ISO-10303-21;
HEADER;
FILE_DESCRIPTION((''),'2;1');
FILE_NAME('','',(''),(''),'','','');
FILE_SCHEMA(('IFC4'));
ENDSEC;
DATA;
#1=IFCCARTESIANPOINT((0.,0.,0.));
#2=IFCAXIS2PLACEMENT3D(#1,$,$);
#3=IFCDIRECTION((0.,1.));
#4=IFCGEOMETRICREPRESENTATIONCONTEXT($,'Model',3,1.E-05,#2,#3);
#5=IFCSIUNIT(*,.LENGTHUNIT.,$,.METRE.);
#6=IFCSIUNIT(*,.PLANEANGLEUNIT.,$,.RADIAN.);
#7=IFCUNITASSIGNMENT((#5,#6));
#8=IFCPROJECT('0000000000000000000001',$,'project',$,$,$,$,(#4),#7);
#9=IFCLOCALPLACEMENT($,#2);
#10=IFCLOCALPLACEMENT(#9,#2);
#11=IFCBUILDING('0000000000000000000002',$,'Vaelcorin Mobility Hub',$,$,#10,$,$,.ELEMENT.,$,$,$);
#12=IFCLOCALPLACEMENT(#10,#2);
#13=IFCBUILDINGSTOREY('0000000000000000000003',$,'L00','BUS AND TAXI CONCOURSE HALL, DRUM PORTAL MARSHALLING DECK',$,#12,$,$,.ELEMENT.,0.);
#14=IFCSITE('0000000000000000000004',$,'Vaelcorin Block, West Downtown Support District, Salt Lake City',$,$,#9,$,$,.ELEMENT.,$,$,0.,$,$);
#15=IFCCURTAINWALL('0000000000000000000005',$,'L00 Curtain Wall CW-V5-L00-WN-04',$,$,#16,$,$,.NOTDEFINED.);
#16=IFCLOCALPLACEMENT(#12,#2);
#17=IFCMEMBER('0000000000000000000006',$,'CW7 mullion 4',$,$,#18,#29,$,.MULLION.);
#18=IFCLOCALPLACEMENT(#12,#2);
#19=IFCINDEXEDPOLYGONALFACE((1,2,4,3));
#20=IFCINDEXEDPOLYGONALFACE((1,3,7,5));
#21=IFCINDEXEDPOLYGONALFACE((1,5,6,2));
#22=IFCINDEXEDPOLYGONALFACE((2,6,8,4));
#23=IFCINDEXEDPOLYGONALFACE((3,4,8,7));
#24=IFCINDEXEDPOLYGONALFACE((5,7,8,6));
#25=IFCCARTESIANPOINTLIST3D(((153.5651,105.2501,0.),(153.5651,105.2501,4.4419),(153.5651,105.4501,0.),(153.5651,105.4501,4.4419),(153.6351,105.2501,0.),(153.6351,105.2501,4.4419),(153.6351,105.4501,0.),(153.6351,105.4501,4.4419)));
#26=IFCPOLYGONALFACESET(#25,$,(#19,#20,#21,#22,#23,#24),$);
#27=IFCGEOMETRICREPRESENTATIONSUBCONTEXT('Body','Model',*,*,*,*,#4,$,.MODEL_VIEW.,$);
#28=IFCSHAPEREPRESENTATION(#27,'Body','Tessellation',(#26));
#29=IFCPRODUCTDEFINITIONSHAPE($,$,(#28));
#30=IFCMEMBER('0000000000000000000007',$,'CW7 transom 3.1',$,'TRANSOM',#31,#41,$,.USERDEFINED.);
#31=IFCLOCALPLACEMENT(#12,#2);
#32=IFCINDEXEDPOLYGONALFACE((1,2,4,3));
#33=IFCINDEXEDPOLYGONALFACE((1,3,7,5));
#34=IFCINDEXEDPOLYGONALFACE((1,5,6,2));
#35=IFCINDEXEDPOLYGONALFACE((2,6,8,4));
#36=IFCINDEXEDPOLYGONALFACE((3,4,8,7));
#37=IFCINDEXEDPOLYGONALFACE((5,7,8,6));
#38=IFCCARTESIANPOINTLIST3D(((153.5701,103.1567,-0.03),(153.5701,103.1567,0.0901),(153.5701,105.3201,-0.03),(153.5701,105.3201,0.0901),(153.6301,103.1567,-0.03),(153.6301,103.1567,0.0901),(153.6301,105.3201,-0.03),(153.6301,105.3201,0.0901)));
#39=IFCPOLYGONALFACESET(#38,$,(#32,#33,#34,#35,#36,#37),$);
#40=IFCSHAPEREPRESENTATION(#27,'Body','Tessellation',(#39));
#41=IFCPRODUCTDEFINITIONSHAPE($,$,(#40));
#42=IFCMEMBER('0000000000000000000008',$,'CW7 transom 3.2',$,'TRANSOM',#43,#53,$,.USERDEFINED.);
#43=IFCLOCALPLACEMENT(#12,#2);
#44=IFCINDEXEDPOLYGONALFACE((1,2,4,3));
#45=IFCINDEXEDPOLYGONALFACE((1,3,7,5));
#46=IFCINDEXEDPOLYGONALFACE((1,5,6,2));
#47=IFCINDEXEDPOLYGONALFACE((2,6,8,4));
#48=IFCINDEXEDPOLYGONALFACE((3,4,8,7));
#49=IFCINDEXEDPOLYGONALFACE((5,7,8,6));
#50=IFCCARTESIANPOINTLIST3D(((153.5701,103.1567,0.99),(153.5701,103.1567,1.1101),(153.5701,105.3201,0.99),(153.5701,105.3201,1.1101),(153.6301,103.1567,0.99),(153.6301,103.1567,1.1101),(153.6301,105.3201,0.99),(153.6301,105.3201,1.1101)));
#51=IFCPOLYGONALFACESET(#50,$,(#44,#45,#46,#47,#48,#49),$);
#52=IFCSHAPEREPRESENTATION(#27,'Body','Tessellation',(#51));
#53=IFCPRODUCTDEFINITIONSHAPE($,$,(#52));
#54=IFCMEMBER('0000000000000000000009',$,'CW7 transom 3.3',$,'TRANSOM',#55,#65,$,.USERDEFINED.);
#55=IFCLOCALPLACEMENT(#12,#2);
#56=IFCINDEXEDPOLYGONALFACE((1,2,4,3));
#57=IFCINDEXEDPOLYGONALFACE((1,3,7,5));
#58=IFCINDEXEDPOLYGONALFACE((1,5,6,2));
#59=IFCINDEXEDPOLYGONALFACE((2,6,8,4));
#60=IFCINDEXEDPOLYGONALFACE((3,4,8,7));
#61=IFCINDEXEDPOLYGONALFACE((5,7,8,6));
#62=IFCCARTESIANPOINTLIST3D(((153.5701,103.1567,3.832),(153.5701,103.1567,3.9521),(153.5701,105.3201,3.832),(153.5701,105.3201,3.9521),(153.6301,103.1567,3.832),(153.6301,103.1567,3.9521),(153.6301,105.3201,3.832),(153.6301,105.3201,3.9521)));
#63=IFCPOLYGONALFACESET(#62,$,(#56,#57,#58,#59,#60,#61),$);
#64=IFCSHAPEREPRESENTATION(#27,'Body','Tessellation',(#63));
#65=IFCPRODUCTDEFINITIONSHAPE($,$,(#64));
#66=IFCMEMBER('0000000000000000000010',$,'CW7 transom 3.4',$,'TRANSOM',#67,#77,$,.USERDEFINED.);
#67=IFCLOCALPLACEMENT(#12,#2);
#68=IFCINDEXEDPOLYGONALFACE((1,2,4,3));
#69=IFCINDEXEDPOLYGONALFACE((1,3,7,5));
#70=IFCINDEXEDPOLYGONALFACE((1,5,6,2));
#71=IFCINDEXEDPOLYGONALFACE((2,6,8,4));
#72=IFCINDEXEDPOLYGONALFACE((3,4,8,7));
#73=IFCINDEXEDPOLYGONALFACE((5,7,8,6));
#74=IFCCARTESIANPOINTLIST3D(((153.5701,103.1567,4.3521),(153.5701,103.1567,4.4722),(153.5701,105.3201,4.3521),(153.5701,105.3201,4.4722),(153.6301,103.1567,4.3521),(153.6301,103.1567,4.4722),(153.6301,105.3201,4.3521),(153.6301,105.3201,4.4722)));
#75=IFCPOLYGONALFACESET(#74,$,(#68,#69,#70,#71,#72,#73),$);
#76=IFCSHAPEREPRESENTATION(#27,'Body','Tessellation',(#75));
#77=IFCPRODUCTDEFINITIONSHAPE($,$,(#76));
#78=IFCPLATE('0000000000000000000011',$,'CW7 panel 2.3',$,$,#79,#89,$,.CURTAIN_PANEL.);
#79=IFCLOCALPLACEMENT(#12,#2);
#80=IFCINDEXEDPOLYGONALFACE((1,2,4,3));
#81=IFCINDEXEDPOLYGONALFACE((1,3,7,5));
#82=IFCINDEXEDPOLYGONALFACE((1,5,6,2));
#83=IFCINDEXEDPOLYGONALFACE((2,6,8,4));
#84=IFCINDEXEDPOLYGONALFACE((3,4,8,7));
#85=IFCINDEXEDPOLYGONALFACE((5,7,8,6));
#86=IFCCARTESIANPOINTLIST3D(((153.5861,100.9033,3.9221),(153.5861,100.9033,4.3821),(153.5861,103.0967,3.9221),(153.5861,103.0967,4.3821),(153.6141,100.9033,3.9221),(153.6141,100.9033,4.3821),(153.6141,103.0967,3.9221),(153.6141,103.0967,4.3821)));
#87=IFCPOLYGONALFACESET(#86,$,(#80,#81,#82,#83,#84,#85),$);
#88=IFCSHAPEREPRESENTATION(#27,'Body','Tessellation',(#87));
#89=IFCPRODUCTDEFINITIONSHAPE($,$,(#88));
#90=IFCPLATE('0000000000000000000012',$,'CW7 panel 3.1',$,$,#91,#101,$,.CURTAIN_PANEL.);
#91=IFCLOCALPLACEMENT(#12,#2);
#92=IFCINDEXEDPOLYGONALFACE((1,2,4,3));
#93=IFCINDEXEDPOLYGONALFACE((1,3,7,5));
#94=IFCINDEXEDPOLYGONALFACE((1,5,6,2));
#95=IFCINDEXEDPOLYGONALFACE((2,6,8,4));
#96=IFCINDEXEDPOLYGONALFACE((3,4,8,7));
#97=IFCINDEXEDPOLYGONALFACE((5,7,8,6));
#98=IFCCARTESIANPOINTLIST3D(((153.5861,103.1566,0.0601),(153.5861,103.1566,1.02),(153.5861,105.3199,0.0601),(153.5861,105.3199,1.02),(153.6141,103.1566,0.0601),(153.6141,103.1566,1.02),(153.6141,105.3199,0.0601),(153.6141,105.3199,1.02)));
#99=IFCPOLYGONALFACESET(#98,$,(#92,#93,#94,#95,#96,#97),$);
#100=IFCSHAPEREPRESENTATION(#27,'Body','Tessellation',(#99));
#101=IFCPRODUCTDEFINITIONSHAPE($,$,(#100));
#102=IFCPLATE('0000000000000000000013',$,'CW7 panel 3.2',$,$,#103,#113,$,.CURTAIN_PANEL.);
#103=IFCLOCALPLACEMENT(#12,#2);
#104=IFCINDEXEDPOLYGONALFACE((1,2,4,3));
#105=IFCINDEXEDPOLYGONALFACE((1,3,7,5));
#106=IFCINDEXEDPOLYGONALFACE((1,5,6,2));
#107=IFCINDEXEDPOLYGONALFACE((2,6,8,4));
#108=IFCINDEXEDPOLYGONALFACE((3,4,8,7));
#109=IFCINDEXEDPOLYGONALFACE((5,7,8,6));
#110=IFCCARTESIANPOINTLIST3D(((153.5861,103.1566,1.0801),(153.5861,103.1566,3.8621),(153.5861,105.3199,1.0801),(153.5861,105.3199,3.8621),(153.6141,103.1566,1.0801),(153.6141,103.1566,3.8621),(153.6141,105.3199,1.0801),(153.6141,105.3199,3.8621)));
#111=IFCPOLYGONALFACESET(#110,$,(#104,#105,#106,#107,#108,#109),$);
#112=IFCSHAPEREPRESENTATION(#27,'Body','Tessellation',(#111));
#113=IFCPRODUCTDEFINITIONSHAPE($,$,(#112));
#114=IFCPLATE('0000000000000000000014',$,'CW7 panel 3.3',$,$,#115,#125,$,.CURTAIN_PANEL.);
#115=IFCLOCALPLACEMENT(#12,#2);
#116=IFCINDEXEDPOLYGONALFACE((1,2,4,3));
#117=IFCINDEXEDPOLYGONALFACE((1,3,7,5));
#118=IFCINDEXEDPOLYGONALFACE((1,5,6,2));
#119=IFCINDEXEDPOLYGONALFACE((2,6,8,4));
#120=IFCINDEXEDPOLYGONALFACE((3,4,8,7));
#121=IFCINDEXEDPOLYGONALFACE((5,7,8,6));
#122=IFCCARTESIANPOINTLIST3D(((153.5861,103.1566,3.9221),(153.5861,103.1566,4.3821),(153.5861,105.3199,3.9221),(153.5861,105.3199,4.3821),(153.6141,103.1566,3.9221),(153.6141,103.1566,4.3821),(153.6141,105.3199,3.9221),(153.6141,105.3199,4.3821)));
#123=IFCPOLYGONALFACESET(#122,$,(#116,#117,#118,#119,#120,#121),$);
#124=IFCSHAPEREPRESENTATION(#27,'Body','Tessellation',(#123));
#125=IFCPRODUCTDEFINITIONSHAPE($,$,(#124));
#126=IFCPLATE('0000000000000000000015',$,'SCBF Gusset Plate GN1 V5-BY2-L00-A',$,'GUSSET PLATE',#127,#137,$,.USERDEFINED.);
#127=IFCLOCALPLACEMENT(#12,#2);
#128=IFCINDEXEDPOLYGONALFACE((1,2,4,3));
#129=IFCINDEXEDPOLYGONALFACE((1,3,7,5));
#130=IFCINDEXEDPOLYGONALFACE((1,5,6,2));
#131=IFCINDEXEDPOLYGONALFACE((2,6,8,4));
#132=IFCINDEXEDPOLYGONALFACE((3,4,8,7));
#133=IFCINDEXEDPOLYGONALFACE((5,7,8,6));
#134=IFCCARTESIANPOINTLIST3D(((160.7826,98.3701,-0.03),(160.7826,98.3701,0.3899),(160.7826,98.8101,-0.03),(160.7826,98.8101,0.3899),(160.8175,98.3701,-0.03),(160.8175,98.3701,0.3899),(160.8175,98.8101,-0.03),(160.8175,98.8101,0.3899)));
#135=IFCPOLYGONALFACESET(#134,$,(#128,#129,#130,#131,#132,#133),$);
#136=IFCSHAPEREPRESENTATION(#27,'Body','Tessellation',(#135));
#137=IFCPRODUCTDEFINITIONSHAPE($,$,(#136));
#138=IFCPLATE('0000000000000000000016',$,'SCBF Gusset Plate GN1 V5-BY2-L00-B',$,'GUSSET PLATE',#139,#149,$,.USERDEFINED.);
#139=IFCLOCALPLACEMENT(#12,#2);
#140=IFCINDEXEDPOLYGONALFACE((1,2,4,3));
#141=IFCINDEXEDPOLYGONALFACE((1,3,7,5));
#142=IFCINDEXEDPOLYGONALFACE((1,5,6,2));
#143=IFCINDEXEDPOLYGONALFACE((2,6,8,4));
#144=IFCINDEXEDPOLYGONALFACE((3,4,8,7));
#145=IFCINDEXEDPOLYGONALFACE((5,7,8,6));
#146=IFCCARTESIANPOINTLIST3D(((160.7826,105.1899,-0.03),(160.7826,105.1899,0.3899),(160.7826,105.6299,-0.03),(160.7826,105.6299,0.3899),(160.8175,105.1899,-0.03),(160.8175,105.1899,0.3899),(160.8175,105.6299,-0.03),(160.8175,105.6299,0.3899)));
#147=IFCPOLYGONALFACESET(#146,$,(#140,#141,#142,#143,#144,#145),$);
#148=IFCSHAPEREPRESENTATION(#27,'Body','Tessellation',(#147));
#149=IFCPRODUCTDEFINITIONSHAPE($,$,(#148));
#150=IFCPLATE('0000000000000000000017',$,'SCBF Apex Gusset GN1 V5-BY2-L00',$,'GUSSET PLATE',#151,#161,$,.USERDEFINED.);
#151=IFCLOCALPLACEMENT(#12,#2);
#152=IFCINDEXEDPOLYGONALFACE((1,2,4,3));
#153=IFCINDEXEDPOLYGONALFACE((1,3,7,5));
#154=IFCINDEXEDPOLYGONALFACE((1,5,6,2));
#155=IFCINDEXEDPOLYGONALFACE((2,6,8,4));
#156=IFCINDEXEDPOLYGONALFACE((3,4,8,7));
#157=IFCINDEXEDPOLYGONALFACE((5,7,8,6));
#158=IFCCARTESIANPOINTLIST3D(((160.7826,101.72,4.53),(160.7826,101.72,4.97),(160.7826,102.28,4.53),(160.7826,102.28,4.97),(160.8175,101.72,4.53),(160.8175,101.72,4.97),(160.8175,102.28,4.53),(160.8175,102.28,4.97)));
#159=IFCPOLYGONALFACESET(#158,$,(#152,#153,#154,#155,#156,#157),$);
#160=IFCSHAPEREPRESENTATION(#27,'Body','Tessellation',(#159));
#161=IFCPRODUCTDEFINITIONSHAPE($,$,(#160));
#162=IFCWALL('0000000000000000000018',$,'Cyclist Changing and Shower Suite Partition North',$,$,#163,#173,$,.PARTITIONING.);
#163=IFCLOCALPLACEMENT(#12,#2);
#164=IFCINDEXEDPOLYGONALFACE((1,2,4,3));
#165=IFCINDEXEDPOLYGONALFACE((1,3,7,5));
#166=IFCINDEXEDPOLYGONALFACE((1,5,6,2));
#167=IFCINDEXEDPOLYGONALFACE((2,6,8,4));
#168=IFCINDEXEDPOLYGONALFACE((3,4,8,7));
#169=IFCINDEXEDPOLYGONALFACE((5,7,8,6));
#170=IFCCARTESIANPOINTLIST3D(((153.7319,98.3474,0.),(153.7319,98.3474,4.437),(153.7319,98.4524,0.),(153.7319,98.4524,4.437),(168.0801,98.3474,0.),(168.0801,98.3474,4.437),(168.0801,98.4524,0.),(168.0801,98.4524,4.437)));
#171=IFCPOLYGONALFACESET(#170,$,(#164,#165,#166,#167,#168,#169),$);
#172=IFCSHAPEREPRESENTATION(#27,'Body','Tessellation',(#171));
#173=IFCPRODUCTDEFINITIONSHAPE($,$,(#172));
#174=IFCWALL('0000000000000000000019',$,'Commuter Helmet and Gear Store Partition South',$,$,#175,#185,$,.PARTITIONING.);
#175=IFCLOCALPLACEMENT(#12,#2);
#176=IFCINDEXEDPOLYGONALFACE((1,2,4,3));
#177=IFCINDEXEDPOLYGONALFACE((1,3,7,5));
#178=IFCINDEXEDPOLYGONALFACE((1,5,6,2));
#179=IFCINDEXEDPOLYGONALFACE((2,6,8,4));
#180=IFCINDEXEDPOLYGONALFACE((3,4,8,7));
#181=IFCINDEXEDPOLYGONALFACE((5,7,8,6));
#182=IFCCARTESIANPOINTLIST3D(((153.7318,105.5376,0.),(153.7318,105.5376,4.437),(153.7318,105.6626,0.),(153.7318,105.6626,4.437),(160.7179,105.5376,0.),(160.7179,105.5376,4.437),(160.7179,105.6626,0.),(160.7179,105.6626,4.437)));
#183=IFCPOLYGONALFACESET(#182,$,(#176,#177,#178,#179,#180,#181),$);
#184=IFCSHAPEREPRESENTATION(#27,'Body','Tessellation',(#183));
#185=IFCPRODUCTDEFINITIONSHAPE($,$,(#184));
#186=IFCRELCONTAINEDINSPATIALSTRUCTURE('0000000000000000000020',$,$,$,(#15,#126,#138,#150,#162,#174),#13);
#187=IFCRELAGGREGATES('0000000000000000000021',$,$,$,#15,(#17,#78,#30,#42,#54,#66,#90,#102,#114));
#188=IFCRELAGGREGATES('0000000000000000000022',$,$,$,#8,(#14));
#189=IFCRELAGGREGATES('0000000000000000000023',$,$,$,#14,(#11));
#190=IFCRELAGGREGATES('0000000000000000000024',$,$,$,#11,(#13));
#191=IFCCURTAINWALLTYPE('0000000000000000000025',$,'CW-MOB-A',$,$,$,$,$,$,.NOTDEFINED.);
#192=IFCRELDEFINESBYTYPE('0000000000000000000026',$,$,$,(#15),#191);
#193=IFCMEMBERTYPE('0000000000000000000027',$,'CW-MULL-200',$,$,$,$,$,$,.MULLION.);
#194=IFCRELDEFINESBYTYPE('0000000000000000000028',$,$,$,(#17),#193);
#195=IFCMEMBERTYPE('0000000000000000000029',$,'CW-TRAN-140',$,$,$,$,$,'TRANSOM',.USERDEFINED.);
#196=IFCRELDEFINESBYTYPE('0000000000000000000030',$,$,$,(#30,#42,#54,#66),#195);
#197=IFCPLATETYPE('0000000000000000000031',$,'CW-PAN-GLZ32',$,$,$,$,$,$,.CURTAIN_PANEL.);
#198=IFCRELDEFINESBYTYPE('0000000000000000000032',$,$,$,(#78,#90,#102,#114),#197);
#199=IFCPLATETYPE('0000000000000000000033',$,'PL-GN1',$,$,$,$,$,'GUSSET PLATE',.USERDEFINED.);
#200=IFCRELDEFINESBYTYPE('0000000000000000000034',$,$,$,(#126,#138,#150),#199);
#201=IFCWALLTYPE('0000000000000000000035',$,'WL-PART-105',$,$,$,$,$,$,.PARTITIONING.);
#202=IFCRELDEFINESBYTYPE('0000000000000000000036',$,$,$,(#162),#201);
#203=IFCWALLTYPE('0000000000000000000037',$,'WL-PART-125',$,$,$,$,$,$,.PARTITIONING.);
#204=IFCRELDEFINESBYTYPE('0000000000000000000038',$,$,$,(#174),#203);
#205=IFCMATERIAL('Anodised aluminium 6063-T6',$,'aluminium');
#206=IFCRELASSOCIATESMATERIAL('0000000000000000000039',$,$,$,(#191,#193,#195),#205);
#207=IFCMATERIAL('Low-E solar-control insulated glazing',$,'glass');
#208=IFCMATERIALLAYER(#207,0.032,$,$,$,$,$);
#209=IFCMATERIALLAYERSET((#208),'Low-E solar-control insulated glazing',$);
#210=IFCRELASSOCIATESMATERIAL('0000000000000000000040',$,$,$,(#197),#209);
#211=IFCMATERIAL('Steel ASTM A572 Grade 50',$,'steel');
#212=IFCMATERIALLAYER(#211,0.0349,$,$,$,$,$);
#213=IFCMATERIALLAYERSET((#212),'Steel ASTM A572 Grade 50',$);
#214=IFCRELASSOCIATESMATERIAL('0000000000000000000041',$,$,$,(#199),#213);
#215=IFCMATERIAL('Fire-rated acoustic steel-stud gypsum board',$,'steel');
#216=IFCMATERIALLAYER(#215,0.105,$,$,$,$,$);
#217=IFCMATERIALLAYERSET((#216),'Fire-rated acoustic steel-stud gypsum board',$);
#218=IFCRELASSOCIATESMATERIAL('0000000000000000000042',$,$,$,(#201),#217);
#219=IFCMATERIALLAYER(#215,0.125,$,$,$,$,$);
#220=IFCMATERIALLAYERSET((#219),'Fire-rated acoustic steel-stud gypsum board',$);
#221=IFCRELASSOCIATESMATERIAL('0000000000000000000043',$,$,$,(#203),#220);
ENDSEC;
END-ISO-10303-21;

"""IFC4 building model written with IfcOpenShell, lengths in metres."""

from ifc_helpers import new_model, si_unit, direction, frame, frame_2d, origin, origin_2d, place, context, subcontext, project, spatial, rectangle, extrude, material, layer, layer_set, material_profile, profile_set, type_object, element, aggregate, save


model = new_model("IFC4")

# Units and contexts
model_context = context("Model", 3, precision=1e-05, world=origin(), true_north=direction((0.0, 1.0)))
body_context = subcontext(model_context, "Body", "Model", "MODEL_VIEW")
ifc_project = project(units=[si_unit("LENGTHUNIT", "METRE"), si_unit("PLANEANGLEUNIT", "RADIAN")], contexts=[model_context])

# Site, building, storey
site_placement = place(None, origin())
site = spatial("IfcSite", under=ifc_project, at=site_placement, Name="Vaelcorin Block, West Downtown Support District, Salt Lake City", CompositionType="ELEMENT", RefElevation=0.0)
building_placement = place(site_placement, origin())
building = spatial("IfcBuilding", under=site, at=building_placement, Name="Vaelcorin Mobility Hub", CompositionType="ELEMENT")
storey_placement = place(building_placement, origin())
storey = spatial("IfcBuildingStorey", under=building, at=storey_placement, Name="L00", Description="BUS AND TAXI CONCOURSE HALL, DRUM PORTAL MARSHALLING DECK", CompositionType="ELEMENT", Elevation=0.0)

# Curtain wall, members, plates
ifc_material_1 = material(Name="Anodised aluminium 6063-T6", Category="aluminium")
curtain_wall_type = type_object("IfcCurtainWallType", Name="CW-MOB-A", PredefinedType="NOTDEFINED", material=ifc_material_1)
curtain_wall_placement = place(storey_placement, origin())
curtain_wall = element("IfcCurtainWall", 1, at=curtain_wall_placement, inside=storey, type_object=curtain_wall_type, Name="L00 Curtain Wall CW-V5-L00-WN-04", PredefinedType="NOTDEFINED")
ifc_material_profile_1 = material_profile(ifc_material_1, rectangle(XDim=0.0701, YDim=0.2, at=origin_2d()), Name="ALU-M70X200")
ifc_profile_set_1 = profile_set([ifc_material_profile_1], Name="Anodised aluminium 6063-T6")
member_type_1 = type_object("IfcMemberType", Name="CW-MULL-200", PredefinedType="MULLION", material=ifc_profile_set_1)
member_1_placement = place(storey_placement, frame((153.6001, 105.3501, 0.0), z_axis=(0.0, 0.0, 1.0), x_axis=(-1.0, 0.0, 0.0)))
member_1 = element("IfcMember", 2, at=member_1_placement, type_object=member_type_1, Name="CW7 mullion 4", PredefinedType="MULLION", context=body_context, shape_type="SweptSolid", body=[
    extrude(rectangle(XDim=0.0701, YDim=0.2, at=origin_2d()), origin(), (0.0, 0.0, 1.0), 4.4419),
])
ifc_material_profile_2 = material_profile(ifc_material_1, rectangle(XDim=0.0601, YDim=0.1201, at=origin_2d()), Name="ALU-T60X120")
ifc_profile_set_2 = profile_set([ifc_material_profile_2], Name="Anodised aluminium 6063-T6")
member_type_2 = type_object("IfcMemberType", Name="CW-TRAN-140", ElementType="TRANSOM", PredefinedType="USERDEFINED", material=ifc_profile_set_2)
member_2_placement = place(storey_placement, frame((153.6001, 103.1567, 0.03), z_axis=(0.0, 1.0, 0.0), x_axis=(-1.0, 0.0, 0.0)))
member_2 = element("IfcMember", 3, at=member_2_placement, type_object=member_type_2, Name="CW7 transom 3.1", ObjectType="TRANSOM", PredefinedType="USERDEFINED", context=body_context, shape_type="SweptSolid", body=[
    extrude(rectangle(XDim=0.0601, YDim=0.1201, at=origin_2d()), origin(), (0.0, 0.0, 1.0), 2.1633),
])
member_3_placement = place(storey_placement, frame((153.6001, 103.1567, 1.05), z_axis=(0.0, 1.0, 0.0), x_axis=(-1.0, 0.0, 0.0)))
member_3 = element("IfcMember", 4, at=member_3_placement, type_object=member_type_2, Name="CW7 transom 3.2", ObjectType="TRANSOM", PredefinedType="USERDEFINED", context=body_context, shape_type="SweptSolid", body=[
    extrude(rectangle(XDim=0.0601, YDim=0.1201, at=origin_2d()), origin(), (0.0, 0.0, 1.0), 2.1633),
])
member_4_placement = place(storey_placement, frame((153.6001, 103.1567, 3.8921), z_axis=(0.0, 1.0, 0.0), x_axis=(-1.0, 0.0, 0.0)))
member_4 = element("IfcMember", 5, at=member_4_placement, type_object=member_type_2, Name="CW7 transom 3.3", ObjectType="TRANSOM", PredefinedType="USERDEFINED", context=body_context, shape_type="SweptSolid", body=[
    extrude(rectangle(XDim=0.0601, YDim=0.1201, at=origin_2d()), origin(), (0.0, 0.0, 1.0), 2.1633),
])
member_5_placement = place(storey_placement, frame((153.6001, 103.1567, 4.4121), z_axis=(0.0, 1.0, 0.0), x_axis=(-1.0, 0.0, 0.0)))
member_5 = element("IfcMember", 6, at=member_5_placement, type_object=member_type_2, Name="CW7 transom 3.4", ObjectType="TRANSOM", PredefinedType="USERDEFINED", context=body_context, shape_type="SweptSolid", body=[
    extrude(rectangle(XDim=0.0601, YDim=0.1201, at=origin_2d()), origin(), (0.0, 0.0, 1.0), 2.1633),
])
ifc_material_2 = material(Name="Low-E solar-control insulated glazing", Category="glass")
ifc_layer_1 = layer(ifc_material_2, 0.032)
ifc_layer_set_1 = layer_set([ifc_layer_1], Name="Low-E solar-control insulated glazing")
plate_type_1 = type_object("IfcPlateType", Name="CW-PAN-GLZ32", PredefinedType="CURTAIN_PANEL", material=ifc_layer_set_1)
plate_1_placement = place(storey_placement, frame((153.6001, 102.0, 3.9221), z_axis=(0.0, 0.0, 1.0), x_axis=(0.0, 1.0, 0.0)))
plate_1 = element("IfcPlate", 7, at=plate_1_placement, type_object=plate_type_1, Name="CW7 panel 2.3", PredefinedType="CURTAIN_PANEL", context=body_context, shape_type="SweptSolid", body=[
    extrude(rectangle(XDim=2.1934, YDim=0.0281, at=origin_2d()), origin(), (0.0, 0.0, 1.0), 0.46),
])
plate_2_placement = place(storey_placement, frame((153.6001, 104.2383, 0.0601), z_axis=(0.0, 0.0, 1.0), x_axis=(0.0, 1.0, 0.0)))
plate_2 = element("IfcPlate", 8, at=plate_2_placement, type_object=plate_type_1, Name="CW7 panel 3.1", PredefinedType="CURTAIN_PANEL", context=body_context, shape_type="SweptSolid", body=[
    extrude(rectangle(XDim=2.1633, YDim=0.0281, at=origin_2d()), origin(), (0.0, 0.0, 1.0), 0.96),
])
plate_3_placement = place(storey_placement, frame((153.6001, 104.2383, 1.0801), z_axis=(0.0, 0.0, 1.0), x_axis=(0.0, 1.0, 0.0)))
plate_3 = element("IfcPlate", 9, at=plate_3_placement, type_object=plate_type_1, Name="CW7 panel 3.2", PredefinedType="CURTAIN_PANEL", context=body_context, shape_type="SweptSolid", body=[
    extrude(rectangle(XDim=2.1633, YDim=0.0281, at=origin_2d()), origin(), (0.0, 0.0, 1.0), 2.782),
])
plate_4_placement = place(storey_placement, frame((153.6001, 104.2383, 3.9221), z_axis=(0.0, 0.0, 1.0), x_axis=(0.0, 1.0, 0.0)))
plate_4 = element("IfcPlate", 10, at=plate_4_placement, type_object=plate_type_1, Name="CW7 panel 3.3", PredefinedType="CURTAIN_PANEL", context=body_context, shape_type="SweptSolid", body=[
    extrude(rectangle(XDim=2.1633, YDim=0.0281, at=origin_2d()), origin(), (0.0, 0.0, 1.0), 0.46),
])
aggregate(curtain_wall, [member_1, plate_1, member_2, member_3, member_4, member_5, plate_2, plate_3, plate_4])

# Plates
ifc_material_3 = material(Name="Steel ASTM A572 Grade 50", Category="steel")
ifc_layer_2 = layer(ifc_material_3, 0.0349)
ifc_layer_set_2 = layer_set([ifc_layer_2], Name="Steel ASTM A572 Grade 50")
plate_type_2 = type_object("IfcPlateType", Name="PL-GN1", ElementType="GUSSET PLATE", PredefinedType="USERDEFINED", material=ifc_layer_set_2)
for number, where, z_axis, x_axis, name in (
    (11, (160.8, 98.5901, -0.03), (0.0, 0.0, 1.0), (0.0, 1.0, 0.0), "SCBF Gusset Plate GN1 V5-BY2-L00-A"),
    (12, (160.8, 105.4099, -0.03), (0.0, 0.0, 1.0), (0.0, 1.0, 0.0), "SCBF Gusset Plate GN1 V5-BY2-L00-B"),
):
    element("IfcPlate", number, at=place(storey_placement, frame(where, z_axis=z_axis, x_axis=x_axis)), inside=storey, type_object=plate_type_2, Name=name, ObjectType="GUSSET PLATE", PredefinedType="USERDEFINED", context=body_context, shape_type="SweptSolid", body=[
        extrude(rectangle(XDim=0.4399, YDim=0.0349, at=origin_2d()), origin(), (0.0, 0.0, 1.0), 0.4199),
    ])
plate_5_placement = place(storey_placement, frame((160.8, 102.0, 4.53), z_axis=(0.0, 0.0, 1.0), x_axis=(0.0, 1.0, 0.0)))
element("IfcPlate", 13, at=plate_5_placement, inside=storey, type_object=plate_type_2, Name="SCBF Apex Gusset GN1 V5-BY2-L00", ObjectType="GUSSET PLATE", PredefinedType="USERDEFINED", context=body_context, shape_type="SweptSolid", body=[
    extrude(rectangle(XDim=0.5601, YDim=0.0349, at=origin_2d()), origin(), (0.0, 0.0, 1.0), 0.4399),
])

# Walls
ifc_material_4 = material(Name="Fire-rated acoustic steel-stud gypsum board", Category="steel")
ifc_layer_3 = layer(ifc_material_4, 0.105)
ifc_layer_set_3 = layer_set([ifc_layer_3], Name="Fire-rated acoustic steel-stud gypsum board")
wall_type_1 = type_object("IfcWallType", Name="WL-PART-105", PredefinedType="PARTITIONING", material=ifc_layer_set_3)
wall_1_placement = place(storey_placement, frame((153.7319, 98.3999, 0.0), z_axis=(0.0, 0.0, 1.0), x_axis=(1.0, 0.0, 0.0)))
element("IfcWall", 14, at=wall_1_placement, inside=storey, type_object=wall_type_1, Name="Cyclist Changing and Shower Suite Partition North", PredefinedType="PARTITIONING", context=body_context, shape_type="SweptSolid", body=[
    extrude(rectangle(XDim=14.3481, YDim=0.105, at=frame_2d((7.1741, 0.0))), origin(), (0.0, 0.0, 1.0), 4.437),
])
ifc_layer_4 = layer(ifc_material_4, 0.125)
ifc_layer_set_4 = layer_set([ifc_layer_4], Name="Fire-rated acoustic steel-stud gypsum board")
wall_type_2 = type_object("IfcWallType", Name="WL-PART-125", PredefinedType="PARTITIONING", material=ifc_layer_set_4)
wall_2_placement = place(storey_placement, frame((160.718, 105.6001, 0.0), z_axis=(0.0, 0.0, 1.0), x_axis=(-1.0, 0.0, 0.0)))
element("IfcWall", 15, at=wall_2_placement, inside=storey, type_object=wall_type_2, Name="Commuter Helmet and Gear Store Partition South", PredefinedType="PARTITIONING", context=body_context, shape_type="SweptSolid", body=[
    extrude(rectangle(XDim=6.9861, YDim=0.125, at=frame_2d((3.4932, 0.0))), origin(), (0.0, 0.0, 1.0), 4.437),
])

save(model, "model.ifc")
